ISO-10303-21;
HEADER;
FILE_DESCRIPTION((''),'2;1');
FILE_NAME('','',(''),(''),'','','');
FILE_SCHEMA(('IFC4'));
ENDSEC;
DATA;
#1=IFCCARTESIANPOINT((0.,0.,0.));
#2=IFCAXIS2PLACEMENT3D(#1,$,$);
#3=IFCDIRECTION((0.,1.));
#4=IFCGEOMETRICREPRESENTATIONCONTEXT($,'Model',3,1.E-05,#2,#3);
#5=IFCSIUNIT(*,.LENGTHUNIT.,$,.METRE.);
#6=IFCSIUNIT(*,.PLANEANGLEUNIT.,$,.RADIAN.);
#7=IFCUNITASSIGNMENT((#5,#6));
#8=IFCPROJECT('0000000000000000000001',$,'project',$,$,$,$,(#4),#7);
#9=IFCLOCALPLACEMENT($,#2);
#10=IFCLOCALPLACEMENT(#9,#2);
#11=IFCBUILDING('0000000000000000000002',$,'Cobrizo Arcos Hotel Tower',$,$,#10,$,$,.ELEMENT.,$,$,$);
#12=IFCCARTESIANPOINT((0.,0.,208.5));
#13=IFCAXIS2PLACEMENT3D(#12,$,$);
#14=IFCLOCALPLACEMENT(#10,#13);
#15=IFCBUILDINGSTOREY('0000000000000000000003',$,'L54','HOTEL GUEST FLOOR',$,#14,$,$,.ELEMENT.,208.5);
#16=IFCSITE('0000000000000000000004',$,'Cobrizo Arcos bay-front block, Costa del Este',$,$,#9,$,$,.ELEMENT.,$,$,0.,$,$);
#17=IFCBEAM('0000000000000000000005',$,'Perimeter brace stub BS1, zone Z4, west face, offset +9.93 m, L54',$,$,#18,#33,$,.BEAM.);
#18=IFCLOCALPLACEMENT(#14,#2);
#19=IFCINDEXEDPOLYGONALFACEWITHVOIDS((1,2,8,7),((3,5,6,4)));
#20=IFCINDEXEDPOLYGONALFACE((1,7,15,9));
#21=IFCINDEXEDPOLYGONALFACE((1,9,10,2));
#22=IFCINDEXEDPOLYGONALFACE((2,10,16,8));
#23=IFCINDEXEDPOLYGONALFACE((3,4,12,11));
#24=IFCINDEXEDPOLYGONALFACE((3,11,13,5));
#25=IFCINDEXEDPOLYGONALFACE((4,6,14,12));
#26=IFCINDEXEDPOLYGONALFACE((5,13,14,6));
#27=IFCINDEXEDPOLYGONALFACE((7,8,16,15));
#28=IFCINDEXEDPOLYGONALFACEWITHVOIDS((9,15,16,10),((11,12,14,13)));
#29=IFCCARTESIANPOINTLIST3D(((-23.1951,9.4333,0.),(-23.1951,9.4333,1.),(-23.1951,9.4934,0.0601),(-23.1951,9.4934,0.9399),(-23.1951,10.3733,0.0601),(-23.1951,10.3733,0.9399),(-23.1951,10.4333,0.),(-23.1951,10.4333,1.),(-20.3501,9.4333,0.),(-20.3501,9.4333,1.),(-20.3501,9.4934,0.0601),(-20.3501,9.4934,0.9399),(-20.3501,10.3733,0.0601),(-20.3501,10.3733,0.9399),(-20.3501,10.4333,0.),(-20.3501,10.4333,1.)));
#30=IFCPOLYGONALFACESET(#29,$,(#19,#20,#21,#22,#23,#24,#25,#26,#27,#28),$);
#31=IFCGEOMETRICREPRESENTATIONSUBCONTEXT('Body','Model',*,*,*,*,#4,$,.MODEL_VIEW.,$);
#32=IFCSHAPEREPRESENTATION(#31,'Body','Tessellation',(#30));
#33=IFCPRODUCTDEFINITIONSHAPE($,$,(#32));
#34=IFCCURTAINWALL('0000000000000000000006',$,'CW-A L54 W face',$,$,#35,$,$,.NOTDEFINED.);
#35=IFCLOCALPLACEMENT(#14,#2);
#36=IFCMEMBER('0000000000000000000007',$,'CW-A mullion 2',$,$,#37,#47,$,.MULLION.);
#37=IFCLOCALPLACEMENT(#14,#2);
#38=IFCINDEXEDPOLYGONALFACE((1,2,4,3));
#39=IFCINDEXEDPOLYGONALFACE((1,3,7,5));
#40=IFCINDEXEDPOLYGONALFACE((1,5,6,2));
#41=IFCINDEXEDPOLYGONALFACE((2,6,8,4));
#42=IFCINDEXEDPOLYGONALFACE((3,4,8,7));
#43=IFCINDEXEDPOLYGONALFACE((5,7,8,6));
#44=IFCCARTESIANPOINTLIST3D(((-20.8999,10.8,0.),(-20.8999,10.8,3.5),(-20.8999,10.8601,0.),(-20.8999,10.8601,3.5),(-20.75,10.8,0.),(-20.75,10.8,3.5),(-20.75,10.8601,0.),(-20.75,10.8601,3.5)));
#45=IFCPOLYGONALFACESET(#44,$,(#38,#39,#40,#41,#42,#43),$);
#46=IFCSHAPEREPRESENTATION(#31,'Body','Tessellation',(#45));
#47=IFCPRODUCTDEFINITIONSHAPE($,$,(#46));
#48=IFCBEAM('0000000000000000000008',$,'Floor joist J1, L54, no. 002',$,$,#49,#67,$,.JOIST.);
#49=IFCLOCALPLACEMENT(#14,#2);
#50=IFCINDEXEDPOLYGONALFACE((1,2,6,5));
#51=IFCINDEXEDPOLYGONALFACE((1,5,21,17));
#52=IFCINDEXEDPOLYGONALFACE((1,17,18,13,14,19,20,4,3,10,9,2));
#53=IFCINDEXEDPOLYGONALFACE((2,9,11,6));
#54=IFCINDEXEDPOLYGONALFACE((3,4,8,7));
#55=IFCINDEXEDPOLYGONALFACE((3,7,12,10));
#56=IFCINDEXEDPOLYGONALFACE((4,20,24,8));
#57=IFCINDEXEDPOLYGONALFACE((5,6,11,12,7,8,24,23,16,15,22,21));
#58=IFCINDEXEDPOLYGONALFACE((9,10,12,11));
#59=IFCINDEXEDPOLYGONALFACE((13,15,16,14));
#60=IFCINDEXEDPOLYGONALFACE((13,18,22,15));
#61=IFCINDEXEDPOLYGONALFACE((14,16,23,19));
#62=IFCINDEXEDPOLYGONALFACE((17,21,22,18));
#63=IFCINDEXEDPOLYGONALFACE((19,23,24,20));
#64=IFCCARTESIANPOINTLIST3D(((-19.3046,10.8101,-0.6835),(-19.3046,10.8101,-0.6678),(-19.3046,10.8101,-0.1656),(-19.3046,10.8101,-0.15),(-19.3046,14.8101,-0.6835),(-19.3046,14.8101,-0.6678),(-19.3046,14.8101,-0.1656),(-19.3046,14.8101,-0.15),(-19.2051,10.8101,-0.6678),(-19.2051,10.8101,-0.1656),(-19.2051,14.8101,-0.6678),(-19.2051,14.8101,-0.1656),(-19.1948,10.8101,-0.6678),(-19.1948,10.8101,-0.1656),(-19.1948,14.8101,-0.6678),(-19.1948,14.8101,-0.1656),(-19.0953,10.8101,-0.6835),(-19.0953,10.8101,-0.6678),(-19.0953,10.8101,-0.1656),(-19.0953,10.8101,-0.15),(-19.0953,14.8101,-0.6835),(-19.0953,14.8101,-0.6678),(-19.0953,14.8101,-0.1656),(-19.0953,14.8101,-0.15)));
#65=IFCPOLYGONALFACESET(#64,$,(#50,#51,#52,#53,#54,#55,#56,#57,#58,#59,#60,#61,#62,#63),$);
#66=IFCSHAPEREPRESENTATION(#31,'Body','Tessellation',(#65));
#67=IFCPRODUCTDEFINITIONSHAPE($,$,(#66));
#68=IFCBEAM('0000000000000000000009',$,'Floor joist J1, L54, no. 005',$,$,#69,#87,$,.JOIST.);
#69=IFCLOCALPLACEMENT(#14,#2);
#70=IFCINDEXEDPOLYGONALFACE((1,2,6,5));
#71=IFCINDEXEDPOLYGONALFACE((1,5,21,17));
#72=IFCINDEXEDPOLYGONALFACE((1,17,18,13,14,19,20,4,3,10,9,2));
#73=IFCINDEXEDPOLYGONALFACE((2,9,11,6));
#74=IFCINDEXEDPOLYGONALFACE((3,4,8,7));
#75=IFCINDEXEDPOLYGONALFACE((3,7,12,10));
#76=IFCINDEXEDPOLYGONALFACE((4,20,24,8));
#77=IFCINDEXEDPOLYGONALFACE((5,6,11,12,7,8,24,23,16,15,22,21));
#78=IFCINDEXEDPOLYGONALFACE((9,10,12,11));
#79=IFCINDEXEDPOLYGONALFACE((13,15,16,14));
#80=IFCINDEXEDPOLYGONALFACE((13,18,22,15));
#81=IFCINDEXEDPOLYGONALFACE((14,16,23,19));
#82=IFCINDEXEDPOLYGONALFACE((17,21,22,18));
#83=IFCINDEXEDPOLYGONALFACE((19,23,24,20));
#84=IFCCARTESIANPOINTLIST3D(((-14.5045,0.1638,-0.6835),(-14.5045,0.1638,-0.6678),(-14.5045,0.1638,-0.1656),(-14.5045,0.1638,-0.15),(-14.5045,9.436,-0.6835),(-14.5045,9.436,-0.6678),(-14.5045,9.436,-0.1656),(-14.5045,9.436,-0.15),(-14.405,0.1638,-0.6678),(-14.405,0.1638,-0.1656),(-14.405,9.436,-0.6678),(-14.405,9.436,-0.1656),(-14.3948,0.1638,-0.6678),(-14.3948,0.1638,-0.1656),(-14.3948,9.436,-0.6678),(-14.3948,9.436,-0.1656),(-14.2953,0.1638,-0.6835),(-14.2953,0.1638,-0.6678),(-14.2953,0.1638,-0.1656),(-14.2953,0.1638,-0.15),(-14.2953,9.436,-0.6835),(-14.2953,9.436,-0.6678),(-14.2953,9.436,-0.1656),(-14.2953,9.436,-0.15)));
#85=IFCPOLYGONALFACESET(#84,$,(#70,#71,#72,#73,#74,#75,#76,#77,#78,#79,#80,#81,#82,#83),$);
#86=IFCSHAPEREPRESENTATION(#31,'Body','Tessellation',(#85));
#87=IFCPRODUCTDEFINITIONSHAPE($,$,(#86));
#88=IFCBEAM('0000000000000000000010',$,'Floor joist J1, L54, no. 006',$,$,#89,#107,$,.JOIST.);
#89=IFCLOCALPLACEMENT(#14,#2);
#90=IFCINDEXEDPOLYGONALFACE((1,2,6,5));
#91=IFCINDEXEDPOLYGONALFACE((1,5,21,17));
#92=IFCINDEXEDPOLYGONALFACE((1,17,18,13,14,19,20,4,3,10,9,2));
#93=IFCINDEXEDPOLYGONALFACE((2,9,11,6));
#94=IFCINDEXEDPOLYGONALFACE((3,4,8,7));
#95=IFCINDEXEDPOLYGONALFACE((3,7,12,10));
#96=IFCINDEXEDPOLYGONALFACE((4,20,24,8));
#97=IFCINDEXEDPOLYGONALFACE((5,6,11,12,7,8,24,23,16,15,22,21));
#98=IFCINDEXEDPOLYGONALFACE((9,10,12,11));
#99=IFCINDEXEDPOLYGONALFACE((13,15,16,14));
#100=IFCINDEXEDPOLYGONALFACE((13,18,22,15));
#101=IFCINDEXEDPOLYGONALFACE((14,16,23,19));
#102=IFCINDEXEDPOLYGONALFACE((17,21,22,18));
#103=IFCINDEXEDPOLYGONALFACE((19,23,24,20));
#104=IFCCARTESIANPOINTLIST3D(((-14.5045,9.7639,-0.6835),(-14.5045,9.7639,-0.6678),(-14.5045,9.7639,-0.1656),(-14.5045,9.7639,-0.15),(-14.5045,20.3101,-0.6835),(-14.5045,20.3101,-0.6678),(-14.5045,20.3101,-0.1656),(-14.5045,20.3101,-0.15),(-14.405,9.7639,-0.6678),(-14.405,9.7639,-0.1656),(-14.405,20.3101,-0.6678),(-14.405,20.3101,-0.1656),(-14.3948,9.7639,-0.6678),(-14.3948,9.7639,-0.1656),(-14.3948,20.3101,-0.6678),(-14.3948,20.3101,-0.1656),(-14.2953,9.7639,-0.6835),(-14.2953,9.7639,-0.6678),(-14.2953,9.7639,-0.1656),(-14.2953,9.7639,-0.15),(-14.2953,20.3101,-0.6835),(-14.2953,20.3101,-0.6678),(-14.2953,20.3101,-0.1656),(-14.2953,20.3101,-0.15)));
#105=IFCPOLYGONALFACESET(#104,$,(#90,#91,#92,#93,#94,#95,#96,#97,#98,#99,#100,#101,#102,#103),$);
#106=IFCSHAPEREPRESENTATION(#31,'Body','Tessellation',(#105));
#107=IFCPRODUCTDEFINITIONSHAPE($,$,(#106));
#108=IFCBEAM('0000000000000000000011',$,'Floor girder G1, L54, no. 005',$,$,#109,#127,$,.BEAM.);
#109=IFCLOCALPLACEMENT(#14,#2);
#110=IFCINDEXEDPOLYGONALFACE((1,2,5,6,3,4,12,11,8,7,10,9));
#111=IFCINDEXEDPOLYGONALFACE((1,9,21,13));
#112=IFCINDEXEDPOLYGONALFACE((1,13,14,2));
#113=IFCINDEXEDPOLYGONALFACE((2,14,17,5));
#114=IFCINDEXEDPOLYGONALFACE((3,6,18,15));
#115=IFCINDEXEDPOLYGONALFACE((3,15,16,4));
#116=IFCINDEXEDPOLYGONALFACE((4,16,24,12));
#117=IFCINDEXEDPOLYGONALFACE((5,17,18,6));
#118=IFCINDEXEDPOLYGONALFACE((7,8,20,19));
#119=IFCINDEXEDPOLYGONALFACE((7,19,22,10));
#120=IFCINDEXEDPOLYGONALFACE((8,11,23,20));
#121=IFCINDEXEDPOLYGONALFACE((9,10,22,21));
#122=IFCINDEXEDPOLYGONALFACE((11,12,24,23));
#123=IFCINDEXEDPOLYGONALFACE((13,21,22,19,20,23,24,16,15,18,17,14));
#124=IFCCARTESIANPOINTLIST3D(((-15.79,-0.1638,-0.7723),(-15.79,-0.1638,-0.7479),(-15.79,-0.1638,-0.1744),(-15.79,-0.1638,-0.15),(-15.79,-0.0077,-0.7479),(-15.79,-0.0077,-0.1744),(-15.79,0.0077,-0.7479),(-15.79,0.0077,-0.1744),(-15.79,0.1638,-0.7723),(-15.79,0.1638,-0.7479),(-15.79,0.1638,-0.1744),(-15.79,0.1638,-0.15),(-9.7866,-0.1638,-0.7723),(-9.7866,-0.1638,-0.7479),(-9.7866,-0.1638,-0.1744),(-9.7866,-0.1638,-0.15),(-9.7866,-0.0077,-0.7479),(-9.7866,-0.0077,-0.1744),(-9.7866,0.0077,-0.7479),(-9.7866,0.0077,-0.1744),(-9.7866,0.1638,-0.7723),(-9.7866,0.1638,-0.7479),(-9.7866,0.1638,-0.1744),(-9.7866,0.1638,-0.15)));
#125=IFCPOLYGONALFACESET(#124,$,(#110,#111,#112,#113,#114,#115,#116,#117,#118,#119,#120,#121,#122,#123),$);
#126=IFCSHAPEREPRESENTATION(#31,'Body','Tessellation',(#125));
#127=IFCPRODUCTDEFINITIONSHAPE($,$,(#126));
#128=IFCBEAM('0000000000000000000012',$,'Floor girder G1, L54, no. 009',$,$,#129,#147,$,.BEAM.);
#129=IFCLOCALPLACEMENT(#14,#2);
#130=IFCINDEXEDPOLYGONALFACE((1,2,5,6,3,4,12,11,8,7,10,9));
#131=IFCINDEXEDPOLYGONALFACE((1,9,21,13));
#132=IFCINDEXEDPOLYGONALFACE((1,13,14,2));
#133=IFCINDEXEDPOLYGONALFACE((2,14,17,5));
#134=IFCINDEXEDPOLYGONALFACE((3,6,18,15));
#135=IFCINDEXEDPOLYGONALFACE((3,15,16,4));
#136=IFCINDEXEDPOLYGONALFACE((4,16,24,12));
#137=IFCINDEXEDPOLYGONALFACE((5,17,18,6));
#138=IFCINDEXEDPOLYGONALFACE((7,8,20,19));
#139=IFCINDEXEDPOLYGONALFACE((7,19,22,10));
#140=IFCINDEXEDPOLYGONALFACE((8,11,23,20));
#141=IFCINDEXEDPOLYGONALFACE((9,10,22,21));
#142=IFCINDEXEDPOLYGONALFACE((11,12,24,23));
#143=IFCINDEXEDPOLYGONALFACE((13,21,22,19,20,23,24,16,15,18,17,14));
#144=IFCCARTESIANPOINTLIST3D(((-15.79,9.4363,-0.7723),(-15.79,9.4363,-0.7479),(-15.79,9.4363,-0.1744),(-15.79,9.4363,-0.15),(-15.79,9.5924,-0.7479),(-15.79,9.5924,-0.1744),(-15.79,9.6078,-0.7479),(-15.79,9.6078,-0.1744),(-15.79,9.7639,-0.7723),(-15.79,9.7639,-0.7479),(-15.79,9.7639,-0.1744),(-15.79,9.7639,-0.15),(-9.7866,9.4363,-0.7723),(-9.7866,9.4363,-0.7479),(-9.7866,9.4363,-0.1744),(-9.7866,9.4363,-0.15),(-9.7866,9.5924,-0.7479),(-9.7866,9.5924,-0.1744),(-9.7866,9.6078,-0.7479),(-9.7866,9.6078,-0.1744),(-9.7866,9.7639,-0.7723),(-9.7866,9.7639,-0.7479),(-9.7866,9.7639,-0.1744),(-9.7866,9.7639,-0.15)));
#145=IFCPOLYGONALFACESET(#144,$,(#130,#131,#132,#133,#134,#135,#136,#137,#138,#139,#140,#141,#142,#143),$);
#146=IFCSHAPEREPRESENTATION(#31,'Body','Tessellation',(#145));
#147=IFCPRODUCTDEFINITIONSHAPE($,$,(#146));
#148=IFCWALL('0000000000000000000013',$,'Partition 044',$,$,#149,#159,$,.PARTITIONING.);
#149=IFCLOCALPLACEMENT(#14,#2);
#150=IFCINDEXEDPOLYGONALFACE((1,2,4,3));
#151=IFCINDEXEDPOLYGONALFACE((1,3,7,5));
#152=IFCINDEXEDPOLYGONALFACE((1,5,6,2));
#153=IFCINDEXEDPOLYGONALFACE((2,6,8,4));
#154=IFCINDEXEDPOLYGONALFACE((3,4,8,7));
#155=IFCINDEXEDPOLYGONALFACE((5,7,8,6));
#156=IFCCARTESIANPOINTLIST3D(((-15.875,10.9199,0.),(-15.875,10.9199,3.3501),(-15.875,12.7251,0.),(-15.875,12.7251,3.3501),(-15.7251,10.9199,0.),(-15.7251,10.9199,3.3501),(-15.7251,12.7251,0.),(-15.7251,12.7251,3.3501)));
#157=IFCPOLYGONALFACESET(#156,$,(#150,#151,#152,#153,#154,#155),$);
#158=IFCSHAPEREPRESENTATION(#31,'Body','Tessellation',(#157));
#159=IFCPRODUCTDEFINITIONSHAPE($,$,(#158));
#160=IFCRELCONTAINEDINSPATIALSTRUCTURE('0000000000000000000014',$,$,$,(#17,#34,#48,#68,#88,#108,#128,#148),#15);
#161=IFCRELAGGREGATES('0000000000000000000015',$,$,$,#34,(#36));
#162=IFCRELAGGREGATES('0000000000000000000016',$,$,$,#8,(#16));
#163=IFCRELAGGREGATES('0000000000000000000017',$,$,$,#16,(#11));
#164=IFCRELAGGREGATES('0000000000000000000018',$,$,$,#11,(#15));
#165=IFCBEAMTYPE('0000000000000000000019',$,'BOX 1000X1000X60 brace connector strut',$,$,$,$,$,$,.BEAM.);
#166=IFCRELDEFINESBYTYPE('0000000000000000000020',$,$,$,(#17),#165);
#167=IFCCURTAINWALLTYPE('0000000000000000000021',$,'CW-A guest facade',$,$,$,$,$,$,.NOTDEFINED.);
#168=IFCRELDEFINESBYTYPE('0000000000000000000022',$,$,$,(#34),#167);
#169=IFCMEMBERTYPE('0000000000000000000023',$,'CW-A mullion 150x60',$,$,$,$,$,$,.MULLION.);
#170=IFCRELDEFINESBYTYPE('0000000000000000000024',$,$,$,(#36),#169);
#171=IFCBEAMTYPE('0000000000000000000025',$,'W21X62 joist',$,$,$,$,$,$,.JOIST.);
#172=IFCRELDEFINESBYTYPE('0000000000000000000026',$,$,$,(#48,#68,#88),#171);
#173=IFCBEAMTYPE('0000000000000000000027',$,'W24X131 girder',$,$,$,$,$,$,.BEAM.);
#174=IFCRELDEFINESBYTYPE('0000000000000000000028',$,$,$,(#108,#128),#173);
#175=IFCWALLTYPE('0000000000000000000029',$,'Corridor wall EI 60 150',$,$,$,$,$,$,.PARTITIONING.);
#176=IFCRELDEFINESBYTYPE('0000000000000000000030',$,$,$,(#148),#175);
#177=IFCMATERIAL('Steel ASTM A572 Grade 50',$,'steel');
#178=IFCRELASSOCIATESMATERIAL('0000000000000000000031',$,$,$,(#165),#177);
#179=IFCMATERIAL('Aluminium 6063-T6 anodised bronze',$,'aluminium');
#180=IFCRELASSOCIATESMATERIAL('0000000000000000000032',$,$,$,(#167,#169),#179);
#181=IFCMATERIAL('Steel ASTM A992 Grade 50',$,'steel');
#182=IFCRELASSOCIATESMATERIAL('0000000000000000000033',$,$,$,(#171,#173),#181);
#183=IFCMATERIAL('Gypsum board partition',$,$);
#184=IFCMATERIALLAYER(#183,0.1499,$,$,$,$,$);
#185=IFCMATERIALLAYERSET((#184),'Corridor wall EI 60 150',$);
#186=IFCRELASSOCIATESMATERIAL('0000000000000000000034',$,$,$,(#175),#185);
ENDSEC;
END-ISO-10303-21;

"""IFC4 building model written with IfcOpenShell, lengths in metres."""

from ifc_helpers import new_model, si_unit, direction, frame, frame_2d, origin, origin_2d, place, context, subcontext, project, spatial, rectangle, hollow_rectangle, i_section, extrude, material, layer, layer_set, material_profile, profile_set, type_object, element, aggregate, save


model = new_model("IFC4")

# Units and contexts
model_context = context("Model", 3, precision=1e-05, world=origin(), true_north=direction((0.0, 1.0)))
body_context = subcontext(model_context, "Body", "Model", "MODEL_VIEW")
ifc_project = project(units=[si_unit("LENGTHUNIT", "METRE"), si_unit("PLANEANGLEUNIT", "RADIAN")], contexts=[model_context])

# Site, building, storey
site_placement = place(None, origin())
site = spatial("IfcSite", under=ifc_project, at=site_placement, Name="Cobrizo Arcos bay-front block, Costa del Este", CompositionType="ELEMENT", RefElevation=0.0)
building_placement = place(site_placement, origin())
building = spatial("IfcBuilding", under=site, at=building_placement, Name="Cobrizo Arcos Hotel Tower", CompositionType="ELEMENT")
storey_placement = place(building_placement, frame((0.0, 0.0, 208.5)))
storey = spatial("IfcBuildingStorey", under=building, at=storey_placement, Name="L54", Description="HOTEL GUEST FLOOR", CompositionType="ELEMENT", Elevation=208.5)

# Beam
ifc_material_1 = material(Name="Steel ASTM A572 Grade 50", Category="steel")
ifc_material_profile_1 = material_profile(ifc_material_1, hollow_rectangle(XDim=1.0, YDim=1.0, WallThickness=0.0601, at=origin_2d()), Name="BOX 1000X1000X60")
ifc_profile_set_1 = profile_set([ifc_material_profile_1], Name="Steel ASTM A572 Grade 50")
beam_type_1 = type_object("IfcBeamType", Name="BOX 1000X1000X60 brace connector strut", PredefinedType="BEAM", material=ifc_profile_set_1)
beam_1_placement = place(storey_placement, frame((-20.3501, 9.9333, 0.5), z_axis=(-1.0, 0.0, 0.0), x_axis=(0.0, -1.0, 0.0)))
element("IfcBeam", 1, at=beam_1_placement, inside=storey, type_object=beam_type_1, Name="Perimeter brace stub BS1, zone Z4, west face, offset +9.93 m, L54", PredefinedType="BEAM", context=body_context, shape_type="SweptSolid", body=[
    extrude(hollow_rectangle(XDim=1.0, YDim=1.0, WallThickness=0.0601, at=origin_2d()), origin(), (0.0, 0.0, 1.0), 2.845),
])

# Curtain wall, member
ifc_material_2 = material(Name="Aluminium 6063-T6 anodised bronze", Category="aluminium")
curtain_wall_type = type_object("IfcCurtainWallType", Name="CW-A guest facade", PredefinedType="NOTDEFINED", material=ifc_material_2)
curtain_wall_placement = place(storey_placement, origin())
curtain_wall = element("IfcCurtainWall", 2, at=curtain_wall_placement, inside=storey, type_object=curtain_wall_type, Name="CW-A L54 W face", PredefinedType="NOTDEFINED")
ifc_material_profile_2 = material_profile(ifc_material_2, rectangle(XDim=0.1499, YDim=0.0601, at=origin_2d()), Name="CW-A mullion 150x60")
ifc_profile_set_2 = profile_set([ifc_material_profile_2], Name="Aluminium 6063-T6 anodised bronze")
member_type = type_object("IfcMemberType", Name="CW-A mullion 150x60", PredefinedType="MULLION", material=ifc_profile_set_2)
member_placement = place(storey_placement, frame((-20.825, 10.8301, 0.0), z_axis=(0.0, 0.0, 1.0), x_axis=(-1.0, 0.0, 0.0)))
member = element("IfcMember", 3, at=member_placement, type_object=member_type, Name="CW-A mullion 2", PredefinedType="MULLION", context=body_context, shape_type="SweptSolid", body=[
    extrude(rectangle(XDim=0.1499, YDim=0.0601, at=origin_2d()), origin(), (0.0, 0.0, 1.0), 3.5),
])
aggregate(curtain_wall, [member])

# Beams
ifc_material_3 = material(Name="Steel ASTM A992 Grade 50", Category="steel")
ifc_material_profile_3 = material_profile(ifc_material_3, i_section(OverallWidth=0.2092, OverallDepth=0.5334, WebThickness=0.0103, FlangeThickness=0.0156, at=origin_2d()), Name="W21X62")
ifc_profile_set_3 = profile_set([ifc_material_profile_3], Name="Steel ASTM A992 Grade 50")
beam_type_2 = type_object("IfcBeamType", Name="W21X62 joist", PredefinedType="JOIST", material=ifc_profile_set_3)
beam_2_placement = place(storey_placement, frame((-19.2, 10.8101, -0.4167), z_axis=(0.0, 1.0, 0.0), x_axis=(-1.0, 0.0, 0.0)))
element("IfcBeam", 4, at=beam_2_placement, inside=storey, type_object=beam_type_2, Name="Floor joist J1, L54, no. 002", PredefinedType="JOIST", context=body_context, shape_type="SweptSolid", body=[
    extrude(i_section(OverallWidth=0.2092, OverallDepth=0.5334, WebThickness=0.0103, FlangeThickness=0.0156, at=origin_2d()), origin(), (0.0, 0.0, 1.0), 4.0),
])
beam_3_placement = place(storey_placement, frame((-14.3999, 0.1638, -0.4167), z_axis=(0.0, 1.0, 0.0), x_axis=(-1.0, 0.0, 0.0)))
element("IfcBeam", 5, at=beam_3_placement, inside=storey, type_object=beam_type_2, Name="Floor joist J1, L54, no. 005", PredefinedType="JOIST", context=body_context, shape_type="SweptSolid", body=[
    extrude(i_section(OverallWidth=0.2092, OverallDepth=0.5334, WebThickness=0.0103, FlangeThickness=0.0156, at=origin_2d()), origin(), (0.0, 0.0, 1.0), 9.2722),
])
beam_4_placement = place(storey_placement, frame((-14.3999, 9.7639, -0.4167), z_axis=(0.0, 1.0, 0.0), x_axis=(-1.0, 0.0, 0.0)))
element("IfcBeam", 6, at=beam_4_placement, inside=storey, type_object=beam_type_2, Name="Floor joist J1, L54, no. 006", PredefinedType="JOIST", context=body_context, shape_type="SweptSolid", body=[
    extrude(i_section(OverallWidth=0.2092, OverallDepth=0.5334, WebThickness=0.0103, FlangeThickness=0.0156, at=origin_2d()), origin(), (0.0, 0.0, 1.0), 10.5461),
])
ifc_material_profile_4 = material_profile(ifc_material_3, i_section(OverallWidth=0.3276, OverallDepth=0.6223, WebThickness=0.0154, FlangeThickness=0.0244, at=origin_2d()), Name="W24X131")
ifc_profile_set_4 = profile_set([ifc_material_profile_4], Name="Steel ASTM A992 Grade 50")
beam_type_3 = type_object("IfcBeamType", Name="W24X131 girder", PredefinedType="BEAM", material=ifc_profile_set_4)
for number, where, z_axis, x_axis, name in (
    (7, (-15.79, 0.0, -0.4612), (1.0, 0.0, 0.0), (0.0, 1.0, 0.0), "Floor girder G1, L54, no. 005"),
    (8, (-15.79, 9.6001, -0.4612), (1.0, 0.0, 0.0), (0.0, 1.0, 0.0), "Floor girder G1, L54, no. 009"),
):
    element("IfcBeam", number, at=place(storey_placement, frame(where, z_axis=z_axis, x_axis=x_axis)), inside=storey, type_object=beam_type_3, Name=name, PredefinedType="BEAM", context=body_context, shape_type="SweptSolid", body=[
        extrude(i_section(OverallWidth=0.3276, OverallDepth=0.6223, WebThickness=0.0154, FlangeThickness=0.0244, at=origin_2d()), origin(), (0.0, 0.0, 1.0), 6.0034),
    ])

# Wall
ifc_material_4 = material(Name="Gypsum board partition")
ifc_layer_1 = layer(ifc_material_4, 0.1499)
ifc_layer_set_1 = layer_set([ifc_layer_1], Name="Corridor wall EI 60 150")
wall_type_1 = type_object("IfcWallType", Name="Corridor wall EI 60 150", PredefinedType="PARTITIONING", material=ifc_layer_set_1)
wall_1_placement = place(storey_placement, frame((-15.8, 10.9199, 0.0), z_axis=(0.0, 0.0, 1.0), x_axis=(0.0, 1.0, 0.0)))
element("IfcWall", 9, at=wall_1_placement, inside=storey, type_object=wall_type_1, Name="Partition 044", PredefinedType="PARTITIONING", context=body_context, shape_type="SweptSolid", body=[
    extrude(rectangle(XDim=1.8052, YDim=0.1499, at=frame_2d((0.9026, 0.0))), origin(), (0.0, 0.0, 1.0), 3.3501),
])

save(model, "model.ifc")
